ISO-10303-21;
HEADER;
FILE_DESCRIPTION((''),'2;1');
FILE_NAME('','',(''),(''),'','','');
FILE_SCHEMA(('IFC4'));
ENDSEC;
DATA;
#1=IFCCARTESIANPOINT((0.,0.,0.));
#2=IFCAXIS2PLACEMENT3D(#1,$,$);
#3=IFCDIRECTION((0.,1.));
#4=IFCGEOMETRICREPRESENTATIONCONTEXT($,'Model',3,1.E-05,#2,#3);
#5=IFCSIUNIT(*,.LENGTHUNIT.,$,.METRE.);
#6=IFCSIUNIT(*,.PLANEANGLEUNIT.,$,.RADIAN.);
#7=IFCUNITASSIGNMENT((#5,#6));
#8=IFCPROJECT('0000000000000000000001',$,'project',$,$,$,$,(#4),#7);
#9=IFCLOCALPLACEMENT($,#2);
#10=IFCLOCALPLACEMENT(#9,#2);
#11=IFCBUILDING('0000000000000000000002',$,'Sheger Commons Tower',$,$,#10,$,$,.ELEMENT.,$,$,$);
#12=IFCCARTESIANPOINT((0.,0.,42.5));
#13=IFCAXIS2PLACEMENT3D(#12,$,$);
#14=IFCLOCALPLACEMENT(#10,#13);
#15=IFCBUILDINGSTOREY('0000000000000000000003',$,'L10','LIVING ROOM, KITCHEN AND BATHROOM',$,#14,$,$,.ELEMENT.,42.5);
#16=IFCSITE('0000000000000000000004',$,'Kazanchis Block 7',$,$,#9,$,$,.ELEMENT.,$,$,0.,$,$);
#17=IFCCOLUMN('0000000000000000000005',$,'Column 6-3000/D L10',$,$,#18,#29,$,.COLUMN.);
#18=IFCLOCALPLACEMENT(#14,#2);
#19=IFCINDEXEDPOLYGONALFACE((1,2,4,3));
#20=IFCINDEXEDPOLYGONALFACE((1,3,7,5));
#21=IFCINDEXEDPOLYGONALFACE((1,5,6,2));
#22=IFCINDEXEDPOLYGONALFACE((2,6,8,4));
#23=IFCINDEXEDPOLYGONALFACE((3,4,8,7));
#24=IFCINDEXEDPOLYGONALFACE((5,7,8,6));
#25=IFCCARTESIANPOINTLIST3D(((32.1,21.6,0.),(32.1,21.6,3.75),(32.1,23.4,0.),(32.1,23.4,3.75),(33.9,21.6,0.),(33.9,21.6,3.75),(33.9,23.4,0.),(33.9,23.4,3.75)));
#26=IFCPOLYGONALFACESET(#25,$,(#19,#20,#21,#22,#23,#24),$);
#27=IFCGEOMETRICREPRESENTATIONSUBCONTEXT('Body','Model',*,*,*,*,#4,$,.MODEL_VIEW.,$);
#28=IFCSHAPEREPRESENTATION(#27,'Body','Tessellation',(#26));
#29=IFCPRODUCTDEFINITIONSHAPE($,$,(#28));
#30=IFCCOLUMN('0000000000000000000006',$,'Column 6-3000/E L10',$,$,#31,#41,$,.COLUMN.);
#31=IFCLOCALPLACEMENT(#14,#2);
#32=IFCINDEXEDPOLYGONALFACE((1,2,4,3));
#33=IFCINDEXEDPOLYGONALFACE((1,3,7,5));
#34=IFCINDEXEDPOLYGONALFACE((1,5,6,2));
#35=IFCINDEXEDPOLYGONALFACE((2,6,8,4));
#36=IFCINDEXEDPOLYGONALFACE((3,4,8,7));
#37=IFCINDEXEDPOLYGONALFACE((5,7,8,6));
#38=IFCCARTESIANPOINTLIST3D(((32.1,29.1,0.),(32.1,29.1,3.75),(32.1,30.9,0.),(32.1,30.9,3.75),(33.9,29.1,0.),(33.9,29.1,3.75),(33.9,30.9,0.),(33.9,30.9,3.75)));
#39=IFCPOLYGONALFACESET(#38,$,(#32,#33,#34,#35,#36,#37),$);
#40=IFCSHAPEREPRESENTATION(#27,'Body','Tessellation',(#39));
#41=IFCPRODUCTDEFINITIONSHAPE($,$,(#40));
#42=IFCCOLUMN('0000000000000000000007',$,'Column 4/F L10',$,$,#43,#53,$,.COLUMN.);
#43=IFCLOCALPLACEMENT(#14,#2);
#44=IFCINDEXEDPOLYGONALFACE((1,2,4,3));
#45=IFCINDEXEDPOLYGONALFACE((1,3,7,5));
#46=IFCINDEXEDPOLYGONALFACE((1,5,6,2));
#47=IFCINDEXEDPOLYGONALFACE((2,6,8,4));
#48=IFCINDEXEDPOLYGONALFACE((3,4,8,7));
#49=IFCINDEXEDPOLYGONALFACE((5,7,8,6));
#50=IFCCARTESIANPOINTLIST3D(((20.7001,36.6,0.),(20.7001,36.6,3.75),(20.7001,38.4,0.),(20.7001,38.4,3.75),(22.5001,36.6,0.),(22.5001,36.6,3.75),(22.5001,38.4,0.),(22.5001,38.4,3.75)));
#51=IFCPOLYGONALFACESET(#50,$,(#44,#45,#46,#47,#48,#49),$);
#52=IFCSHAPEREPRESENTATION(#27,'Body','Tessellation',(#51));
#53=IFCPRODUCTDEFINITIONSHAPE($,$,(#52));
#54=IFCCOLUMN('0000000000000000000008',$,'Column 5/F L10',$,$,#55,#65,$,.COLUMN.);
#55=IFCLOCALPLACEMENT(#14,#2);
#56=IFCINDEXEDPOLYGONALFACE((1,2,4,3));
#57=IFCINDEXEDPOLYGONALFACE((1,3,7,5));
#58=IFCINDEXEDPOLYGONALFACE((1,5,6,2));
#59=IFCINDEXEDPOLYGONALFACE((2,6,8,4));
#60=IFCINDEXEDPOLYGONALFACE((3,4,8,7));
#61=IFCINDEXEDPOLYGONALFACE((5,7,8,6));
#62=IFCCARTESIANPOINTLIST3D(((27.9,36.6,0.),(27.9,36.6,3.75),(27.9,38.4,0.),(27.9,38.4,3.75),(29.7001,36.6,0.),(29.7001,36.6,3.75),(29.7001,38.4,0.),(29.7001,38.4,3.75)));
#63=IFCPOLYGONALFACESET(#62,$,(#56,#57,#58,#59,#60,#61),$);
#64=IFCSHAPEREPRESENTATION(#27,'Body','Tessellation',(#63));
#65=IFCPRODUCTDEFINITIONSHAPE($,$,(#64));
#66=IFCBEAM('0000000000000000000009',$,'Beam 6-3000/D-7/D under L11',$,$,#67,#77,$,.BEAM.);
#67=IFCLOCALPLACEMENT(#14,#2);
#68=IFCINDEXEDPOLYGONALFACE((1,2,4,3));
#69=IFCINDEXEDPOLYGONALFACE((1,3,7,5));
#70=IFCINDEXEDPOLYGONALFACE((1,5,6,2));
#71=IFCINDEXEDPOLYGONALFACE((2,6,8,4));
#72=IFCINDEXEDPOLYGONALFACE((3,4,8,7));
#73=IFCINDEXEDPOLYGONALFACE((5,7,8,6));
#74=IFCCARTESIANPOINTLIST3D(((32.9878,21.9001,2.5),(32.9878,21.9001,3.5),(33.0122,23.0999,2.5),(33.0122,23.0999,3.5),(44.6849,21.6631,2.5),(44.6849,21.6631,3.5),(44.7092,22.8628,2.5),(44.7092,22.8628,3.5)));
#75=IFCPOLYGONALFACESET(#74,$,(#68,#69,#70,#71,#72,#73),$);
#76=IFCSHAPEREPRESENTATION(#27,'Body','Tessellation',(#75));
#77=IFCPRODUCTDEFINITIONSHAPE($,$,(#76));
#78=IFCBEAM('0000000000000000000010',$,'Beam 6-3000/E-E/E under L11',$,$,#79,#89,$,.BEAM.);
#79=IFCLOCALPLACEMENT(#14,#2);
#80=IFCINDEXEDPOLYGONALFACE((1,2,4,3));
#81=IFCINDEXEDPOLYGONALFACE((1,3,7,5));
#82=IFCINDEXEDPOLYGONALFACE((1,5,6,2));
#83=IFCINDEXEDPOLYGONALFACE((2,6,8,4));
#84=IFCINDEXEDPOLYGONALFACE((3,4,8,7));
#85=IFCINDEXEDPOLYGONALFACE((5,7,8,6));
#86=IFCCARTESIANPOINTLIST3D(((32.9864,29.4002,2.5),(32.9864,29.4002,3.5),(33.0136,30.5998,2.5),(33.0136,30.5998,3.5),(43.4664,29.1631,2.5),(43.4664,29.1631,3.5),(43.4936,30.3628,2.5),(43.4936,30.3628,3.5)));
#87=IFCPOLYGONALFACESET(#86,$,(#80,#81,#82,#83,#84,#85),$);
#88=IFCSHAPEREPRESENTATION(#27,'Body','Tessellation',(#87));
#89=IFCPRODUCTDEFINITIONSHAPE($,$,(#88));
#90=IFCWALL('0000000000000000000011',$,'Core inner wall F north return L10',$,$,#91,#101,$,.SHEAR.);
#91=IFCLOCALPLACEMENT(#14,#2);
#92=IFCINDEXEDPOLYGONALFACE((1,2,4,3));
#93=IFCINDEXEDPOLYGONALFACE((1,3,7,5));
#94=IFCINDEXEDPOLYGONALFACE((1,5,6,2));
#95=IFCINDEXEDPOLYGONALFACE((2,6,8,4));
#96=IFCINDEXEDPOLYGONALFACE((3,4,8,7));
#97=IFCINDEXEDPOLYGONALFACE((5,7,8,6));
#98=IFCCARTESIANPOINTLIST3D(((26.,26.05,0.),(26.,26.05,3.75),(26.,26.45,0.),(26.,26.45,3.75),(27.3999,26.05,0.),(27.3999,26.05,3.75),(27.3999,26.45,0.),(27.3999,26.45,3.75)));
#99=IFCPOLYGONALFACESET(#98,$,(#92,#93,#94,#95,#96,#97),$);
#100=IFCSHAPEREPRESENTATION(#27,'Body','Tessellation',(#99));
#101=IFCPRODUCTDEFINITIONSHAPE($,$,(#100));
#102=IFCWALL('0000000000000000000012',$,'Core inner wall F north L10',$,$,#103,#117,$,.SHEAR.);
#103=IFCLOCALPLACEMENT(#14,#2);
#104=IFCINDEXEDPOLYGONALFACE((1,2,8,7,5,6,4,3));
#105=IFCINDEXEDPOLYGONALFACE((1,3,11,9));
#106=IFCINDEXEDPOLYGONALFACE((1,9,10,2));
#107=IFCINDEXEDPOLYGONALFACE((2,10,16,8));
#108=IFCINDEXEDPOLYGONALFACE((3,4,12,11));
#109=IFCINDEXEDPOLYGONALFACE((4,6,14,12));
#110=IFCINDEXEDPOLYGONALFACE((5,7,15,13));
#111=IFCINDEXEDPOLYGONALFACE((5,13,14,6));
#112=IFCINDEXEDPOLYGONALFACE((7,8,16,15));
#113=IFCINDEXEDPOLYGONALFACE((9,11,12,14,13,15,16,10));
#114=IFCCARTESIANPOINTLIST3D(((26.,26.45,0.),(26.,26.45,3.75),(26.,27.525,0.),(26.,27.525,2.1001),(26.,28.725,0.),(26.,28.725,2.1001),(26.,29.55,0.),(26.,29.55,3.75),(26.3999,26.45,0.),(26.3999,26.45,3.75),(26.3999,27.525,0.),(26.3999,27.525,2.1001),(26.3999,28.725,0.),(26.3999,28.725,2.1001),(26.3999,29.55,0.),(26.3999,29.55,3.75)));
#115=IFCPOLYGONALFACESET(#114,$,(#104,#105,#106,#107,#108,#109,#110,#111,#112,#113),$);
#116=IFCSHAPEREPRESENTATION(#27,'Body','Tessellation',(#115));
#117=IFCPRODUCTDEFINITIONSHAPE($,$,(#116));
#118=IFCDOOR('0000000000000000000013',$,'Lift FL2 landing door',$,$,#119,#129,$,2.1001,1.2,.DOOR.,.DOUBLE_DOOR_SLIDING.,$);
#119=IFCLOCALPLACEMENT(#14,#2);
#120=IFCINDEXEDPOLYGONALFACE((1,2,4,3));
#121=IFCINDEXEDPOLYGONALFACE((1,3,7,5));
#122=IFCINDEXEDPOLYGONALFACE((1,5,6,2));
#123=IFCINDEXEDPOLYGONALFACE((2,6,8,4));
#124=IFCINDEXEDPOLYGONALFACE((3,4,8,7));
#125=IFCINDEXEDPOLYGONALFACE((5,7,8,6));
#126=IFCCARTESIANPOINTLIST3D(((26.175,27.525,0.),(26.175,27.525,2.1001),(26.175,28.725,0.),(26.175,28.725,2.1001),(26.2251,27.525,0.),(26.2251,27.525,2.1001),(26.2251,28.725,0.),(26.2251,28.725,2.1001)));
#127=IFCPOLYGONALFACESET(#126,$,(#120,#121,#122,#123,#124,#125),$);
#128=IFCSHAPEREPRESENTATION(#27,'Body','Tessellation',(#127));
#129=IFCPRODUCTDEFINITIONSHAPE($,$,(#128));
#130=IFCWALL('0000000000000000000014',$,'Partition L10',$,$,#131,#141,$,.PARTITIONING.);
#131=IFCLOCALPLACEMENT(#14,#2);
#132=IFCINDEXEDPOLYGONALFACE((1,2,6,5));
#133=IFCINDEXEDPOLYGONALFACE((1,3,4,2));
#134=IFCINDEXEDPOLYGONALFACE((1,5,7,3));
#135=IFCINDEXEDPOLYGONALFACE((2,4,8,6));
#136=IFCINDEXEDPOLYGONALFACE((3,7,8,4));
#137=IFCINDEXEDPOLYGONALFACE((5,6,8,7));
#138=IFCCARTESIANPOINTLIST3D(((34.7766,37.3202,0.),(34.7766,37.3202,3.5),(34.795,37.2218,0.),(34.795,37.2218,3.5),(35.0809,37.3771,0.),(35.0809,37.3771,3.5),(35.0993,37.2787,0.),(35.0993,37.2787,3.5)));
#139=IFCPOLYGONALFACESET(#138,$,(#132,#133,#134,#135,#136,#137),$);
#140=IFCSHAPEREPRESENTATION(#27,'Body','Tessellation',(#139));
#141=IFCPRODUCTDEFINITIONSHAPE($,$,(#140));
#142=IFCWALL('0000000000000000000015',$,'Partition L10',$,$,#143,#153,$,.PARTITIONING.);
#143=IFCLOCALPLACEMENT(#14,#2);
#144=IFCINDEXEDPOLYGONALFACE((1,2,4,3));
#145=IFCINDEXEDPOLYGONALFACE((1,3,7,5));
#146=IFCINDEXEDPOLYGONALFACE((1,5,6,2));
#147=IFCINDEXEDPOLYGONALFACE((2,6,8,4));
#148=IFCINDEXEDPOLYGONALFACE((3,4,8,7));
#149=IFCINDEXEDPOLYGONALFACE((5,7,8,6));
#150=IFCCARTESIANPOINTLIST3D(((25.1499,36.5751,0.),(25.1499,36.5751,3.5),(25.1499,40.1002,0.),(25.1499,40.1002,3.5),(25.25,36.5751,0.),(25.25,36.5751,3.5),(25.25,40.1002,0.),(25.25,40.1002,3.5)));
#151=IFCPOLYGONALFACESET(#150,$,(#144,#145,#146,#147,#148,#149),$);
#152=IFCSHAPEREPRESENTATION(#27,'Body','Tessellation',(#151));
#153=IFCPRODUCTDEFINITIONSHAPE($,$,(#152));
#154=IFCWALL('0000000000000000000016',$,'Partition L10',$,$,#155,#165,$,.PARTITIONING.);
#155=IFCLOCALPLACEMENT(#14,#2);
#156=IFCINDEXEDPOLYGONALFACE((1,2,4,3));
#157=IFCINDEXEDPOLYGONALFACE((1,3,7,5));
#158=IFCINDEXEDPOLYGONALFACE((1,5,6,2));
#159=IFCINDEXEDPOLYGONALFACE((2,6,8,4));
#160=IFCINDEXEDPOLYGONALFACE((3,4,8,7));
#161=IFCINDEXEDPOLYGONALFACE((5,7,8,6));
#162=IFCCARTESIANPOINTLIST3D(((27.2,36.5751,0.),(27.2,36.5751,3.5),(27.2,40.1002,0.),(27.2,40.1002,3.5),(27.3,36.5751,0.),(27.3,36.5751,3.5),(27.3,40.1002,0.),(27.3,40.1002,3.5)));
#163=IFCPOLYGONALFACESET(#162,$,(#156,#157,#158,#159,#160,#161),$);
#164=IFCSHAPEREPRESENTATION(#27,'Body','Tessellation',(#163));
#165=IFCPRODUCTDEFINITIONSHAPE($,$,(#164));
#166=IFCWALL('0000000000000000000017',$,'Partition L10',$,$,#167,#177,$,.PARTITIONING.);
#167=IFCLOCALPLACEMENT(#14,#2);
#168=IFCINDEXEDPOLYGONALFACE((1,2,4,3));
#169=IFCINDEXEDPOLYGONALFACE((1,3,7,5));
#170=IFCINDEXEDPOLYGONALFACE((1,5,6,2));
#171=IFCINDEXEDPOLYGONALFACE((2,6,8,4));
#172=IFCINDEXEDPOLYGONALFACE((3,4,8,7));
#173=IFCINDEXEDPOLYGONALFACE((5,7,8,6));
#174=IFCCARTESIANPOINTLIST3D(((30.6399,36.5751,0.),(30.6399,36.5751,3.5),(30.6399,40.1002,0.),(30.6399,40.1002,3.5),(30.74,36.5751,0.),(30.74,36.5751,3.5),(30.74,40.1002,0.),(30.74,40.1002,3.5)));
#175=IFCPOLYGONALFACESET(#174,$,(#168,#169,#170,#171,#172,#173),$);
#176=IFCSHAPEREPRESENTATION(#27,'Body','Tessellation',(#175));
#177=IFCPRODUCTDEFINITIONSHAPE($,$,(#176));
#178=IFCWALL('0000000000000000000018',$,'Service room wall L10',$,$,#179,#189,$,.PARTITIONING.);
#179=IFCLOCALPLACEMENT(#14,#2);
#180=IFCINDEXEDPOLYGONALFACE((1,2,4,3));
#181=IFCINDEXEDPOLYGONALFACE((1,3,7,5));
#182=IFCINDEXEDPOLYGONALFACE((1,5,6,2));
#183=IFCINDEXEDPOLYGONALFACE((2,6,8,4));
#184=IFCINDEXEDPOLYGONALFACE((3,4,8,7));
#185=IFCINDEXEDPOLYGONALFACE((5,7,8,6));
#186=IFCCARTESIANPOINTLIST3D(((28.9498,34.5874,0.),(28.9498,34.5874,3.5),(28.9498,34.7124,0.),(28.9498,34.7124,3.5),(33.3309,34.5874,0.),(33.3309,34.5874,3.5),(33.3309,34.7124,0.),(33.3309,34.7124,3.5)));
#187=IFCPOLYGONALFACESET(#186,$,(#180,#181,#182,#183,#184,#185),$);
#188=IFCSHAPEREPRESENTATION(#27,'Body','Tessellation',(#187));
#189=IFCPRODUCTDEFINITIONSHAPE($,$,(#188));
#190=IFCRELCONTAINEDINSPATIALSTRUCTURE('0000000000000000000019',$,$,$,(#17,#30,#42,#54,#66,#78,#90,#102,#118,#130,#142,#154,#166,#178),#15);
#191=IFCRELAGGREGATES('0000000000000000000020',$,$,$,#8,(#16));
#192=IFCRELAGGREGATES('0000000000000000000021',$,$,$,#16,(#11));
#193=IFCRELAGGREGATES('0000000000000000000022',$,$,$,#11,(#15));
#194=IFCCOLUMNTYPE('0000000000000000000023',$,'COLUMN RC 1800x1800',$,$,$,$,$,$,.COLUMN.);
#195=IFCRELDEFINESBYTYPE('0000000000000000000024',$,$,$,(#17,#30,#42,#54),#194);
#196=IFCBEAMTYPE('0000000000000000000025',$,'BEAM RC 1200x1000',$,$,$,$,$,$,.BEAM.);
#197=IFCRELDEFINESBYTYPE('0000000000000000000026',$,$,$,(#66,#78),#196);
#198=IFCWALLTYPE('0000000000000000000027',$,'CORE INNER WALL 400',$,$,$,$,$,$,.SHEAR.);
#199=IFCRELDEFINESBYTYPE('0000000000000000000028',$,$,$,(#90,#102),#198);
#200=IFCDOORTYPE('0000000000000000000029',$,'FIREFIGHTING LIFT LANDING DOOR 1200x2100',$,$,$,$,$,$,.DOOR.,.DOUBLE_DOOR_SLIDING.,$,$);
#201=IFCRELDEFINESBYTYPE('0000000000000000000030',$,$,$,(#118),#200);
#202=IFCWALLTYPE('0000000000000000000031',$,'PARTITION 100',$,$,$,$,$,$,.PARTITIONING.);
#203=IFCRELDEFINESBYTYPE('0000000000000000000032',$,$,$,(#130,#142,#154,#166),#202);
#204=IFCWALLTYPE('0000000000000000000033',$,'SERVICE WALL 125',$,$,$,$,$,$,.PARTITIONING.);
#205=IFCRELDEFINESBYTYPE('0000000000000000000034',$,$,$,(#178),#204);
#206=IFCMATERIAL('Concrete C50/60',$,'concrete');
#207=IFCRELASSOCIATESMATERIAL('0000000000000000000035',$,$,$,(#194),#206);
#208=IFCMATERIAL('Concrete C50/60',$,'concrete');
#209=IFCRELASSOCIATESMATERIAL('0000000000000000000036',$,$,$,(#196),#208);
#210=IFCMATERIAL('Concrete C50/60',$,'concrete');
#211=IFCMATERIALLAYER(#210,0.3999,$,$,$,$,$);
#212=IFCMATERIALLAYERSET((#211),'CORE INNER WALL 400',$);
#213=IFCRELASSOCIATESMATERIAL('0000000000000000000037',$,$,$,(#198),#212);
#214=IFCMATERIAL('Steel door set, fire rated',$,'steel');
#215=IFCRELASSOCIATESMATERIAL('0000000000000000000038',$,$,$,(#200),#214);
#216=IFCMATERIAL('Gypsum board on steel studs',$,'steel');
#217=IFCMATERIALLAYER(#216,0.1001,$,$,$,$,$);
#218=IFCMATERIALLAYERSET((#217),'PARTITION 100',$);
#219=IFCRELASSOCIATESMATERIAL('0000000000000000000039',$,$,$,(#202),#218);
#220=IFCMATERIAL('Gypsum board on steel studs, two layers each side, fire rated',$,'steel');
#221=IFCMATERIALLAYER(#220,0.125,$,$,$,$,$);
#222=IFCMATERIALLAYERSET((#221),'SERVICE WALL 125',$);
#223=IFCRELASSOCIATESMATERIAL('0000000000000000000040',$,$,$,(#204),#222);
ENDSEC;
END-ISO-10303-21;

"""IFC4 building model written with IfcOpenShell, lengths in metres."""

from ifc_helpers import new_model, si_unit, direction, frame, frame_2d, origin, origin_2d, place, context, subcontext, project, spatial, rectangle, extrude, material, layer, layer_set, material_profile, profile_set, type_object, element, fill, save


model = new_model("IFC4")

# Units and contexts
model_context = context("Model", 3, precision=1e-05, world=origin(), true_north=direction((0.0, 1.0)))
body_context = subcontext(model_context, "Body", "Model", "MODEL_VIEW")
ifc_project = project(units=[si_unit("LENGTHUNIT", "METRE"), si_unit("PLANEANGLEUNIT", "RADIAN")], contexts=[model_context])

# Site, building, storey
site_placement = place(None, origin())
site = spatial("IfcSite", under=ifc_project, at=site_placement, Name="Kazanchis Block 7", CompositionType="ELEMENT", RefElevation=0.0)
building_placement = place(site_placement, origin())
building = spatial("IfcBuilding", under=site, at=building_placement, Name="Sheger Commons Tower", CompositionType="ELEMENT")
storey_placement = place(building_placement, frame((0.0, 0.0, 42.5)))
storey = spatial("IfcBuildingStorey", under=building, at=storey_placement, Name="L10", Description="LIVING ROOM, KITCHEN AND BATHROOM", CompositionType="ELEMENT", Elevation=42.5)

# Columns
ifc_material_1 = material(Name="Concrete C50/60", Category="concrete")
ifc_material_profile_1 = material_profile(ifc_material_1, rectangle(XDim=1.8, YDim=1.8, at=origin_2d()), Name="RC 1800x1800")
ifc_profile_set_1 = profile_set([ifc_material_profile_1], Name="Concrete C50/60")
column_type = type_object("IfcColumnType", Name="COLUMN RC 1800x1800", PredefinedType="COLUMN", material=ifc_profile_set_1)
for number, where, z_axis, x_axis, name in (
    (1, (33.0, 22.5, 0.0), (0.0, 0.0, 1.0), (1.0, 0.0, 0.0), "Column 6-3000/D L10"),
    (2, (33.0, 30.0, 0.0), (0.0, 0.0, 1.0), (1.0, 0.0, 0.0), "Column 6-3000/E L10"),
    (3, (21.6001, 37.5, 0.0), (0.0, 0.0, 1.0), (1.0, 0.0, 0.0), "Column 4/F L10"),
    (4, (28.8, 37.5, 0.0), (0.0, 0.0, 1.0), (1.0, 0.0, 0.0), "Column 5/F L10"),
):
    element("IfcColumn", number, at=place(storey_placement, frame(where, z_axis=z_axis, x_axis=x_axis)), inside=storey, type_object=column_type, Name=name, PredefinedType="COLUMN", context=body_context, shape_type="SweptSolid", body=[
        extrude(rectangle(XDim=1.8, YDim=1.8, at=origin_2d()), origin(), (0.0, 0.0, 1.0), 3.75),
    ])

# Beams
ifc_material_2 = material(Name="Concrete C50/60", Category="concrete")
ifc_material_profile_2 = material_profile(ifc_material_2, rectangle(XDim=1.2, YDim=1.0, at=origin_2d()), Name="RC 1200x1000")
ifc_profile_set_2 = profile_set([ifc_material_profile_2], Name="Concrete C50/60")
beam_type = type_object("IfcBeamType", Name="BEAM RC 1200x1000", PredefinedType="BEAM", material=ifc_profile_set_2)
beam_1_placement = place(storey_placement, frame((33.0, 22.5, 3.0), z_axis=(0.999795, -0.020263, 0.0), x_axis=(0.020263, 0.999795, 0.0)))
element("IfcBeam", 5, at=beam_1_placement, inside=storey, type_object=beam_type, Name="Beam 6-3000/D-7/D under L11", PredefinedType="BEAM", context=body_context, shape_type="SweptSolid", body=[
    extrude(rectangle(XDim=1.2, YDim=1.0, at=origin_2d()), origin(), (0.0, 0.0, 1.0), 11.6995),
])
beam_2_placement = place(storey_placement, frame((33.0, 30.0, 3.0), z_axis=(0.999744, -0.022615, 0.0), x_axis=(0.022615, 0.999744, 0.0)))
element("IfcBeam", 6, at=beam_2_placement, inside=storey, type_object=beam_type, Name="Beam 6-3000/E-E/E under L11", PredefinedType="BEAM", context=body_context, shape_type="SweptSolid", body=[
    extrude(rectangle(XDim=1.2, YDim=1.0, at=origin_2d()), origin(), (0.0, 0.0, 1.0), 10.4827),
])

# Wall
ifc_material_3 = material(Name="Concrete C50/60", Category="concrete")
ifc_layer_1 = layer(ifc_material_3, 0.3999)
ifc_layer_set_1 = layer_set([ifc_layer_1], Name="CORE INNER WALL 400")
wall_type_1 = type_object("IfcWallType", Name="CORE INNER WALL 400", PredefinedType="SHEAR", material=ifc_layer_set_1)
wall_1_placement = place(storey_placement, frame((26.0, 26.25, 0.0), z_axis=(0.0, 0.0, 1.0), x_axis=(1.0, 0.0, 0.0)))
element("IfcWall", 7, at=wall_1_placement, inside=storey, type_object=wall_type_1, Name="Core inner wall F north return L10", PredefinedType="SHEAR", context=body_context, shape_type="SweptSolid", body=[
    extrude(rectangle(XDim=1.3999, YDim=0.3999, at=frame_2d((0.7, 0.0))), origin(), (0.0, 0.0, 1.0), 3.75),
])

# Wall, opening, door
wall_2_placement = place(storey_placement, frame((26.2, 26.45, 0.0), z_axis=(0.0, 0.0, 1.0), x_axis=(0.0, 1.0, 0.0)))
wall_2 = element("IfcWall", 8, at=wall_2_placement, inside=storey, type_object=wall_type_1, Name="Core inner wall F north L10", PredefinedType="SHEAR", context=body_context, shape_type="SweptSolid", body=[
    extrude(rectangle(XDim=3.1001, YDim=0.3999, at=frame_2d((1.55, 0.0))), origin(), (0.0, 0.0, 1.0), 3.75),
])
opening_1_placement = place(wall_2_placement, frame((1.075, 0.0, 0.0)))
opening_1 = element("IfcOpeningElement", 9, at=opening_1_placement, cuts=wall_2, PredefinedType="OPENING", context=body_context, shape_type="SweptSolid", body=[
    extrude(rectangle(XDim=1.2, YDim=2.1001, at=frame_2d((0.6001, 1.05))), frame((0.0, 0.21, 0.0), z_axis=(0.0, -1.0, 0.0), x_axis=(1.0, 0.0, 0.0)), (0.0, 0.0, 1.0), 0.4199),
])
ifc_material_4 = material(Name="Steel door set, fire rated", Category="steel")
door_type_1 = type_object("IfcDoorType", Name="FIREFIGHTING LIFT LANDING DOOR 1200x2100", OperationType="DOUBLE_DOOR_SLIDING", PredefinedType="DOOR", material=ifc_material_4)
door_1_placement = place(opening_1_placement, origin())
door_1 = element("IfcDoor", 10, at=door_1_placement, inside=storey, type_object=door_type_1, Name="Lift FL2 landing door", OperationType="DOUBLE_DOOR_SLIDING", OverallHeight=2.1001, OverallWidth=1.2, PredefinedType="DOOR", context=body_context, shape_type="SweptSolid", body=[
    extrude(rectangle(XDim=1.2, YDim=2.1001, at=frame_2d((0.6001, 1.05))), frame((0.0, 0.0249, 0.0), z_axis=(0.0, -1.0, 0.0), x_axis=(1.0, 0.0, 0.0)), (0.0, 0.0, 1.0), 0.05),
])
fill(opening_1, door_1)

# Walls
ifc_material_5 = material(Name="Gypsum board on steel studs", Category="steel")
ifc_layer_2 = layer(ifc_material_5, 0.1001)
ifc_layer_set_2 = layer_set([ifc_layer_2], Name="PARTITION 100")
wall_type_2 = type_object("IfcWallType", Name="PARTITION 100", PredefinedType="PARTITIONING", material=ifc_layer_set_2)
wall_3_placement = place(storey_placement, frame((35.0901, 37.3279, 0.0), z_axis=(0.0, 0.0, 1.0), x_axis=(-0.982961, -0.183812, 0.0)))
element("IfcWall", 11, at=wall_3_placement, inside=storey, type_object=wall_type_2, Name="Partition L10", PredefinedType="PARTITIONING", context=body_context, shape_type="SweptSolid", body=[
    extrude(rectangle(XDim=0.3096, YDim=0.1001, at=frame_2d((0.1548, 0.0))), origin(), (0.0, 0.0, 1.0), 3.5),
])
for number, where, z_axis, x_axis, name in (
    (12, (25.2, 36.575, 0.0), (0.0, 0.0, 1.0), (0.0, 1.0, 0.0), "Partition L10"),
    (13, (27.25, 36.575, 0.0), (0.0, 0.0, 1.0), (0.0, 1.0, 0.0), "Partition L10"),
    (14, (30.6899, 36.575, 0.0), (0.0, 0.0, 1.0), (0.0, 1.0, 0.0), "Partition L10"),
):
    element("IfcWall", number, at=place(storey_placement, frame(where, z_axis=z_axis, x_axis=x_axis)), inside=storey, type_object=wall_type_2, Name=name, PredefinedType="PARTITIONING", context=body_context, shape_type="SweptSolid", body=[
        extrude(rectangle(XDim=3.5251, YDim=0.1001, at=frame_2d((1.7627, 0.0))), origin(), (0.0, 0.0, 1.0), 3.5),
    ])
ifc_material_6 = material(Name="Gypsum board on steel studs, two layers each side, fire rated", Category="steel")
ifc_layer_3 = layer(ifc_material_6, 0.125)
ifc_layer_set_3 = layer_set([ifc_layer_3], Name="SERVICE WALL 125")
wall_type_3 = type_object("IfcWallType", Name="SERVICE WALL 125", PredefinedType="PARTITIONING", material=ifc_layer_set_3)
wall_4_placement = place(storey_placement, frame((28.95, 34.6499, 0.0), z_axis=(0.0, 0.0, 1.0), x_axis=(1.0, 0.0, 0.0)))
element("IfcWall", 15, at=wall_4_placement, inside=storey, type_object=wall_type_3, Name="Service room wall L10", PredefinedType="PARTITIONING", context=body_context, shape_type="SweptSolid", body=[
    extrude(rectangle(XDim=4.3811, YDim=0.125, at=frame_2d((2.1904, 0.0))), origin(), (0.0, 0.0, 1.0), 3.5),
])

save(model, "model.ifc")
